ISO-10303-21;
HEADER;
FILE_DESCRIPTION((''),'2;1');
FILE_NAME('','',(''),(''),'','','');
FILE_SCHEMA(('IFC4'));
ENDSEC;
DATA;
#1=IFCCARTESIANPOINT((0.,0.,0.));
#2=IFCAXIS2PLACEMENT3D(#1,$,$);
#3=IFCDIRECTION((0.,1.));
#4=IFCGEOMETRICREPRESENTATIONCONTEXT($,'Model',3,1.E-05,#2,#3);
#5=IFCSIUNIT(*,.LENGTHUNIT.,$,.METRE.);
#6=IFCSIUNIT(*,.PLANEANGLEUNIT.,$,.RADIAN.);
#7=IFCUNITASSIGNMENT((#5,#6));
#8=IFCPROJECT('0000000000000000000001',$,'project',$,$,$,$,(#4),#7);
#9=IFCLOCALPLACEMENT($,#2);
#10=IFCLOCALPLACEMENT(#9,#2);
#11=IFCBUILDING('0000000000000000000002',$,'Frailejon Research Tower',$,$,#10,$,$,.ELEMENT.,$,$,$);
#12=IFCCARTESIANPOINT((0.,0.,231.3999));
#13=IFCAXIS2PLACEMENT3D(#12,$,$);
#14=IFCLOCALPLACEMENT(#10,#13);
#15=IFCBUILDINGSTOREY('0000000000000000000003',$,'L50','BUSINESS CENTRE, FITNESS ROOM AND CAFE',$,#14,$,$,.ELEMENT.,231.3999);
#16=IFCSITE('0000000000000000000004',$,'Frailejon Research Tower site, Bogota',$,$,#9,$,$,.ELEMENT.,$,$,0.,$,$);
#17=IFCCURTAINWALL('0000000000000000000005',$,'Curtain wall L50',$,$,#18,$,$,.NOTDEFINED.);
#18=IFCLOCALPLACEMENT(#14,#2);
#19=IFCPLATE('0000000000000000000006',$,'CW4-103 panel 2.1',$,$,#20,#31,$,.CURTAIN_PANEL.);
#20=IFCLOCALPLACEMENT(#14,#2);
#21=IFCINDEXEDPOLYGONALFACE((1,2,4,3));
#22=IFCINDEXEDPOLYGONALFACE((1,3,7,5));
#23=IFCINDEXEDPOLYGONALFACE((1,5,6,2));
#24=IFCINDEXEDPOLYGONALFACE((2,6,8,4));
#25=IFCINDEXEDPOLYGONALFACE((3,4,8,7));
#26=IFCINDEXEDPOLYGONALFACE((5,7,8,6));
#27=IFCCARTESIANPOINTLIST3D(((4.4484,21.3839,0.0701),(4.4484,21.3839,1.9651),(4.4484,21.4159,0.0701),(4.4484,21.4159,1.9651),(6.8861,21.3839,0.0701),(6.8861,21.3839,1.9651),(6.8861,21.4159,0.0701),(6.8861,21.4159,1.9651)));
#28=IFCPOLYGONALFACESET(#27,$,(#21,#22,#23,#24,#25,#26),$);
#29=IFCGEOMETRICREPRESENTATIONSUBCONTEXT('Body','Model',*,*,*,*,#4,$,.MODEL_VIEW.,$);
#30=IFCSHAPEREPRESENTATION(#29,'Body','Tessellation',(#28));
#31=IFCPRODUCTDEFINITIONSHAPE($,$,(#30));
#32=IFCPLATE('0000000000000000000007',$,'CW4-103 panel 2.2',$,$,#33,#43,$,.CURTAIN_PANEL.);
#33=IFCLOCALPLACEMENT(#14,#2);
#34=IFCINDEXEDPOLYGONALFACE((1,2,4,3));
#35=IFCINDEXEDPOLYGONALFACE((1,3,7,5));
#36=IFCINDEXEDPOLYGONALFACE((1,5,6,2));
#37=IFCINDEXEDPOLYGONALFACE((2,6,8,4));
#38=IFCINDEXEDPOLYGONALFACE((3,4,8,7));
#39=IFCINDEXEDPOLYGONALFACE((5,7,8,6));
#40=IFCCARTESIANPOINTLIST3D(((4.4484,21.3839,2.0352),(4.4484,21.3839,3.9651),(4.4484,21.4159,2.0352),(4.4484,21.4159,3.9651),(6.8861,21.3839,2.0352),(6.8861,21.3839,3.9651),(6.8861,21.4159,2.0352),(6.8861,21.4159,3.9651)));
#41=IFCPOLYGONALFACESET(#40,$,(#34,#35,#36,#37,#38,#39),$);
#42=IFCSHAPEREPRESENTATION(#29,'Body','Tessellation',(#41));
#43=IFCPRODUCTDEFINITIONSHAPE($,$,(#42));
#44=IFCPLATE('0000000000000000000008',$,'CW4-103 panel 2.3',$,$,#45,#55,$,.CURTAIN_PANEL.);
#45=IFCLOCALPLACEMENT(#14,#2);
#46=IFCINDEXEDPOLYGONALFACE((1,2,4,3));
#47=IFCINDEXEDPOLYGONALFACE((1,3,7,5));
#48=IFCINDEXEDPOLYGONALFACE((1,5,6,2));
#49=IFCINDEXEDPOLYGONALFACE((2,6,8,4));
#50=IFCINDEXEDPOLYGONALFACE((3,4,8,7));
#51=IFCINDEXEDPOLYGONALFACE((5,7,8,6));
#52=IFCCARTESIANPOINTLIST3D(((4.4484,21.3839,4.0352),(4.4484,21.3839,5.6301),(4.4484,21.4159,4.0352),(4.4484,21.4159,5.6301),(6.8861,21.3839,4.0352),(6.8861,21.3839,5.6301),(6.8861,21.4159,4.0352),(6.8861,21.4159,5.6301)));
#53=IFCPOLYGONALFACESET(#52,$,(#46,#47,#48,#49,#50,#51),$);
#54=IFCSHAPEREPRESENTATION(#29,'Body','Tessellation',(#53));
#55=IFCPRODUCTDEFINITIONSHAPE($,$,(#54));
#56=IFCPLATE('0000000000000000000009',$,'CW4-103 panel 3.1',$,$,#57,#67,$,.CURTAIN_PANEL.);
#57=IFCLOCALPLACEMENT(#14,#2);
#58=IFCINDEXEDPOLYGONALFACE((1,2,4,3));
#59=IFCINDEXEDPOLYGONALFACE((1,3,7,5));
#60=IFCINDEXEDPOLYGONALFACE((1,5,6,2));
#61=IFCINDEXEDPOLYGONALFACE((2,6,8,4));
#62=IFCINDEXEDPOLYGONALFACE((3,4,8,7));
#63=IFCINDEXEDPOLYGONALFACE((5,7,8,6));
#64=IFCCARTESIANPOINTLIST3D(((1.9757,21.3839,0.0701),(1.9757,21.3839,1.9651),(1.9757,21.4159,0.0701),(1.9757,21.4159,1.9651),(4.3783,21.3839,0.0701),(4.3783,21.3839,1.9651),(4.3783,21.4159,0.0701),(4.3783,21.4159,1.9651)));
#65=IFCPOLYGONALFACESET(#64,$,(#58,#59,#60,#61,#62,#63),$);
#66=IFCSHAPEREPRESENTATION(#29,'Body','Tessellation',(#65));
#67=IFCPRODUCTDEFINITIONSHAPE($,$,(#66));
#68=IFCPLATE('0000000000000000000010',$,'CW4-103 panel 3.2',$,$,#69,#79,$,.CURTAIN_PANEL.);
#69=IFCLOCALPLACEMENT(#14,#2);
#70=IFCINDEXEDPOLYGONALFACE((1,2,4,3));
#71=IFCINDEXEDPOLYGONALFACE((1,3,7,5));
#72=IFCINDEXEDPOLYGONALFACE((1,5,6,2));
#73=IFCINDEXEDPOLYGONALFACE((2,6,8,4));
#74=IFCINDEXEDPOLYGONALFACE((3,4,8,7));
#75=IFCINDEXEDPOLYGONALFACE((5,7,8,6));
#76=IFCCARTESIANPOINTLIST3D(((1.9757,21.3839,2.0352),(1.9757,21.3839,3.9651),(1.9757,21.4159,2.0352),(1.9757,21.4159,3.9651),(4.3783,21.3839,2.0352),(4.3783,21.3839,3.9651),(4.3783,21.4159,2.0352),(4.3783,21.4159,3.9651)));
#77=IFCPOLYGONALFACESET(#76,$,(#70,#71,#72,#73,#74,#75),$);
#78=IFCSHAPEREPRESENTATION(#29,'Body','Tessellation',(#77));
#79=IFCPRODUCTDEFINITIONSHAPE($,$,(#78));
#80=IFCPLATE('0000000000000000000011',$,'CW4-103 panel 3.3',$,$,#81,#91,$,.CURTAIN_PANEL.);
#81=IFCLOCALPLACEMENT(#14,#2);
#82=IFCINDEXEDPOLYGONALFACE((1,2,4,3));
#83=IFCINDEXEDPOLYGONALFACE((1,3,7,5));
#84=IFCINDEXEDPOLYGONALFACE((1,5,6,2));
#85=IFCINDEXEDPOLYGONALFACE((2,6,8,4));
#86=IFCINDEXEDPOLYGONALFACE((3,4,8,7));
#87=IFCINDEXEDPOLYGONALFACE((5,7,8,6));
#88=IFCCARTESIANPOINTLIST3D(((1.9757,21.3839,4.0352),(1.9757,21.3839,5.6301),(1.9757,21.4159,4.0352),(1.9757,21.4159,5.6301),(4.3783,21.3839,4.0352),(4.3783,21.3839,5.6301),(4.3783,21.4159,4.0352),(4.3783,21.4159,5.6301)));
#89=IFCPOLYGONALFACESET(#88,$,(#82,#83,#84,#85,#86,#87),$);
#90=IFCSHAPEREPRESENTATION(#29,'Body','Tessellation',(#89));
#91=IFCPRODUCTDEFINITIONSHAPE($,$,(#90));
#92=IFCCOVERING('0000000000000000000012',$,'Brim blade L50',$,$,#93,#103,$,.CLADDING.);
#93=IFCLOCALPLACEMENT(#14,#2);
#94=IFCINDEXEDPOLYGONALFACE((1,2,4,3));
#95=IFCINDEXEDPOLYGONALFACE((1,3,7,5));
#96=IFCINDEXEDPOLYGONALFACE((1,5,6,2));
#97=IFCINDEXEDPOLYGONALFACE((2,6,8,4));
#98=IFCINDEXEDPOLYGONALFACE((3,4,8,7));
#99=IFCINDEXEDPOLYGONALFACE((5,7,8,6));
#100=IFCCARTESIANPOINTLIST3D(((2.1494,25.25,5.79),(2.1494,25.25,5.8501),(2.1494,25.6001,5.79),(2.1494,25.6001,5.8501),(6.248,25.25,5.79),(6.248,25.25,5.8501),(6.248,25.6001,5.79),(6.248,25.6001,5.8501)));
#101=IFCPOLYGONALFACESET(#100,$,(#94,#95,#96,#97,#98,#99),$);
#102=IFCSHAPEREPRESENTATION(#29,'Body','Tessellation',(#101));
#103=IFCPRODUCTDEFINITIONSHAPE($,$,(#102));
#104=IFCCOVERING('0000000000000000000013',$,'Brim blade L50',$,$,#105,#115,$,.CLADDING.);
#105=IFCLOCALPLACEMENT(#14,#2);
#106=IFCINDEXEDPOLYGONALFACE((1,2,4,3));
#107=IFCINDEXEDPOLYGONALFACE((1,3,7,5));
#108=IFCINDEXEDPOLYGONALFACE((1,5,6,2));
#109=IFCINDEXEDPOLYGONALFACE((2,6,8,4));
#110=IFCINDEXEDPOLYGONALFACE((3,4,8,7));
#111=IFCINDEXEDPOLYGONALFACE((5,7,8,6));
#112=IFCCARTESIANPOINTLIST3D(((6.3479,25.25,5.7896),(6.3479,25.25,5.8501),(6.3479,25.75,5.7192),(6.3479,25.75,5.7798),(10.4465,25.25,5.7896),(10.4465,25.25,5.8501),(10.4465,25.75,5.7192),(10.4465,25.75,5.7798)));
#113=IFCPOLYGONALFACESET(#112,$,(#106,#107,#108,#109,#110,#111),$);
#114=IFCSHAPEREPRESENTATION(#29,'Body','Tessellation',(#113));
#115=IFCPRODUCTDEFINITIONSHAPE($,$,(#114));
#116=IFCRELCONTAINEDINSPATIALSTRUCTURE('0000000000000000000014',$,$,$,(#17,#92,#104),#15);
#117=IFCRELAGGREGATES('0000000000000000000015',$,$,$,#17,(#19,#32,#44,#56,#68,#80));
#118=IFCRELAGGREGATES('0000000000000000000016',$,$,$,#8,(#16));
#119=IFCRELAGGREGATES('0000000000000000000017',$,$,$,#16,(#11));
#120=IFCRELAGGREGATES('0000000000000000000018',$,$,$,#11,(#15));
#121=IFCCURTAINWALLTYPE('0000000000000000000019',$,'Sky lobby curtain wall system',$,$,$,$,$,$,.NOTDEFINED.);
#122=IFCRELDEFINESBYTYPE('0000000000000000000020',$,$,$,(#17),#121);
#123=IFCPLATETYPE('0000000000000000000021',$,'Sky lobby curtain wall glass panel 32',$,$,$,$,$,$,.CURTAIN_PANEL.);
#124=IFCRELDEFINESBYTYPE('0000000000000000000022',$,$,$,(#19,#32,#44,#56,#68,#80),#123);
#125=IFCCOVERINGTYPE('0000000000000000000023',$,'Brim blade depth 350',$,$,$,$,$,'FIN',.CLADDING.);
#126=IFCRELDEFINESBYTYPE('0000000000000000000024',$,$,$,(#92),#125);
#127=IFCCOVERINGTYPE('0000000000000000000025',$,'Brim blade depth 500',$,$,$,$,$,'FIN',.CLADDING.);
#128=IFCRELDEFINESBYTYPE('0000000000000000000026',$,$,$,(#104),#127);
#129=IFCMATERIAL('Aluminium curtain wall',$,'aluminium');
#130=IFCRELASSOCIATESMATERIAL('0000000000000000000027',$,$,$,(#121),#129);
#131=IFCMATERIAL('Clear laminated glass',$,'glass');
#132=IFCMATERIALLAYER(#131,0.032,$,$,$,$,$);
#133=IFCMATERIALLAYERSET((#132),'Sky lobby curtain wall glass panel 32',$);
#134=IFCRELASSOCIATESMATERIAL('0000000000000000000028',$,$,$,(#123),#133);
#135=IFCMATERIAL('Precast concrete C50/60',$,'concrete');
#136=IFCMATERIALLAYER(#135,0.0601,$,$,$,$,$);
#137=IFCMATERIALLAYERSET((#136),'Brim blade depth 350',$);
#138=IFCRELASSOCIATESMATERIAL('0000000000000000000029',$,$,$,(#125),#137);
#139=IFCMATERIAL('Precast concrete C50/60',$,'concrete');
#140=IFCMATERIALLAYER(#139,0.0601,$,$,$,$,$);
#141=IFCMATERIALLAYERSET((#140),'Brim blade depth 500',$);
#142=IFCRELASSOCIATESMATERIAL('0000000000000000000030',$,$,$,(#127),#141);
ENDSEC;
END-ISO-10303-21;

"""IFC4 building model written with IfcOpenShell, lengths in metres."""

from ifc_helpers import new_model, si_unit, direction, frame, origin, origin_2d, place, context, subcontext, project, spatial, polyline, rectangle, outline, extrude, material, layer, layer_set, type_object, element, aggregate, save


model = new_model("IFC4")

# Units and contexts
model_context = context("Model", 3, precision=1e-05, world=origin(), true_north=direction((0.0, 1.0)))
body_context = subcontext(model_context, "Body", "Model", "MODEL_VIEW")
ifc_project = project(units=[si_unit("LENGTHUNIT", "METRE"), si_unit("PLANEANGLEUNIT", "RADIAN")], contexts=[model_context])

# Site, building, storey
site_placement = place(None, origin())
site = spatial("IfcSite", under=ifc_project, at=site_placement, Name="Frailejon Research Tower site, Bogota", CompositionType="ELEMENT", RefElevation=0.0)
building_placement = place(site_placement, origin())
building = spatial("IfcBuilding", under=site, at=building_placement, Name="Frailejon Research Tower", CompositionType="ELEMENT")
storey_placement = place(building_placement, frame((0.0, 0.0, 231.3999)))
storey = spatial("IfcBuildingStorey", under=building, at=storey_placement, Name="L50", Description="BUSINESS CENTRE, FITNESS ROOM AND CAFE", CompositionType="ELEMENT", Elevation=231.3999)

# Curtain wall
ifc_material_1 = material(Name="Aluminium curtain wall", Category="aluminium")
curtain_wall_type = type_object("IfcCurtainWallType", Name="Sky lobby curtain wall system", PredefinedType="NOTDEFINED", material=ifc_material_1)
curtain_wall_placement = place(storey_placement, origin())
curtain_wall = element("IfcCurtainWall", 1, at=curtain_wall_placement, inside=storey, type_object=curtain_wall_type, Name="Curtain wall L50", PredefinedType="NOTDEFINED")

# Plates
ifc_material_2 = material(Name="Clear laminated glass", Category="glass")
ifc_layer_1 = layer(ifc_material_2, 0.032)
ifc_layer_set_1 = layer_set([ifc_layer_1], Name="Sky lobby curtain wall glass panel 32")
plate_type = type_object("IfcPlateType", Name="Sky lobby curtain wall glass panel 32", PredefinedType="CURTAIN_PANEL", material=ifc_layer_set_1)
plate_1_placement = place(storey_placement, frame((5.6672, 21.3999, 0.0701), z_axis=(0.0, 0.0, 1.0), x_axis=(-1.0, 0.0, 0.0)))
plate_1 = element("IfcPlate", 2, at=plate_1_placement, type_object=plate_type, Name="CW4-103 panel 2.1", PredefinedType="CURTAIN_PANEL", context=body_context, shape_type="SweptSolid", body=[
    extrude(rectangle(XDim=2.4377, YDim=0.032, at=origin_2d()), origin(), (0.0, 0.0, 1.0), 1.895),
])
plate_2_placement = place(storey_placement, frame((5.6672, 21.3999, 2.0352), z_axis=(0.0, 0.0, 1.0), x_axis=(-1.0, 0.0, 0.0)))
plate_2 = element("IfcPlate", 3, at=plate_2_placement, type_object=plate_type, Name="CW4-103 panel 2.2", PredefinedType="CURTAIN_PANEL", context=body_context, shape_type="SweptSolid", body=[
    extrude(rectangle(XDim=2.4377, YDim=0.032, at=origin_2d()), origin(), (0.0, 0.0, 1.0), 1.9299),
])
plate_3_placement = place(storey_placement, frame((5.6672, 21.3999, 4.0352), z_axis=(0.0, 0.0, 1.0), x_axis=(-1.0, 0.0, 0.0)))
plate_3 = element("IfcPlate", 4, at=plate_3_placement, type_object=plate_type, Name="CW4-103 panel 2.3", PredefinedType="CURTAIN_PANEL", context=body_context, shape_type="SweptSolid", body=[
    extrude(rectangle(XDim=2.4377, YDim=0.032, at=origin_2d()), origin(), (0.0, 0.0, 1.0), 1.595),
])
plate_4_placement = place(storey_placement, frame((3.177, 21.3999, 0.0701), z_axis=(0.0, 0.0, 1.0), x_axis=(-1.0, 0.0, 0.0)))
plate_4 = element("IfcPlate", 5, at=plate_4_placement, type_object=plate_type, Name="CW4-103 panel 3.1", PredefinedType="CURTAIN_PANEL", context=body_context, shape_type="SweptSolid", body=[
    extrude(rectangle(XDim=2.4026, YDim=0.032, at=origin_2d()), origin(), (0.0, 0.0, 1.0), 1.895),
])
plate_5_placement = place(storey_placement, frame((3.177, 21.3999, 2.0352), z_axis=(0.0, 0.0, 1.0), x_axis=(-1.0, 0.0, 0.0)))
plate_5 = element("IfcPlate", 6, at=plate_5_placement, type_object=plate_type, Name="CW4-103 panel 3.2", PredefinedType="CURTAIN_PANEL", context=body_context, shape_type="SweptSolid", body=[
    extrude(rectangle(XDim=2.4026, YDim=0.032, at=origin_2d()), origin(), (0.0, 0.0, 1.0), 1.9299),
])
plate_6_placement = place(storey_placement, frame((3.177, 21.3999, 4.0352), z_axis=(0.0, 0.0, 1.0), x_axis=(-1.0, 0.0, 0.0)))
plate_6 = element("IfcPlate", 7, at=plate_6_placement, type_object=plate_type, Name="CW4-103 panel 3.3", PredefinedType="CURTAIN_PANEL", context=body_context, shape_type="SweptSolid", body=[
    extrude(rectangle(XDim=2.4026, YDim=0.032, at=origin_2d()), origin(), (0.0, 0.0, 1.0), 1.595),
])
aggregate(curtain_wall, [plate_1, plate_2, plate_3, plate_4, plate_5, plate_6])

# Coverings
ifc_material_3 = material(Name="Precast concrete C50/60", Category="concrete")
ifc_layer_2 = layer(ifc_material_3, 0.0601)
ifc_layer_set_2 = layer_set([ifc_layer_2], Name="Brim blade depth 350")
covering_type_1 = type_object("IfcCoveringType", Name="Brim blade depth 350", ElementType="FIN", PredefinedType="CLADDING", material=ifc_layer_set_2)
covering_1_placement = place(storey_placement, frame((2.1494, 25.25, 5.8501), z_axis=(1.0, 0.0, 0.0), x_axis=(0.0, 1.0, 0.0)))
element("IfcCovering", 8, at=covering_1_placement, inside=storey, type_object=covering_type_1, Name="Brim blade L50", PredefinedType="CLADDING", context=body_context, shape_type="SweptSolid", body=[
    extrude(outline(polyline([(0.0, -0.0601), (0.3501, -0.0601), (0.3501, 0.0), (0.0, 0.0), (0.0, -0.0601)])), origin(), (0.0, 0.0, 1.0), 4.0986),
])
ifc_material_4 = material(Name="Precast concrete C50/60", Category="concrete")
ifc_layer_3 = layer(ifc_material_4, 0.0601)
ifc_layer_set_3 = layer_set([ifc_layer_3], Name="Brim blade depth 500")
covering_type_2 = type_object("IfcCoveringType", Name="Brim blade depth 500", ElementType="FIN", PredefinedType="CLADDING", material=ifc_layer_set_3)
covering_2_placement = place(storey_placement, frame((6.3479, 25.25, 5.8501), z_axis=(1.0, 0.0, 0.0), x_axis=(0.0, 1.0, 0.0)))
element("IfcCovering", 9, at=covering_2_placement, inside=storey, type_object=covering_type_2, Name="Brim blade L50", PredefinedType="CLADDING", context=body_context, shape_type="SweptSolid", body=[
    extrude(outline(polyline([(0.0, -0.0605), (0.5, -0.1309), (0.5, -0.0703), (0.0, 0.0), (0.0, -0.0605)])), origin(), (0.0, 0.0, 1.0), 4.0986),
])

save(model, "model.ifc")
